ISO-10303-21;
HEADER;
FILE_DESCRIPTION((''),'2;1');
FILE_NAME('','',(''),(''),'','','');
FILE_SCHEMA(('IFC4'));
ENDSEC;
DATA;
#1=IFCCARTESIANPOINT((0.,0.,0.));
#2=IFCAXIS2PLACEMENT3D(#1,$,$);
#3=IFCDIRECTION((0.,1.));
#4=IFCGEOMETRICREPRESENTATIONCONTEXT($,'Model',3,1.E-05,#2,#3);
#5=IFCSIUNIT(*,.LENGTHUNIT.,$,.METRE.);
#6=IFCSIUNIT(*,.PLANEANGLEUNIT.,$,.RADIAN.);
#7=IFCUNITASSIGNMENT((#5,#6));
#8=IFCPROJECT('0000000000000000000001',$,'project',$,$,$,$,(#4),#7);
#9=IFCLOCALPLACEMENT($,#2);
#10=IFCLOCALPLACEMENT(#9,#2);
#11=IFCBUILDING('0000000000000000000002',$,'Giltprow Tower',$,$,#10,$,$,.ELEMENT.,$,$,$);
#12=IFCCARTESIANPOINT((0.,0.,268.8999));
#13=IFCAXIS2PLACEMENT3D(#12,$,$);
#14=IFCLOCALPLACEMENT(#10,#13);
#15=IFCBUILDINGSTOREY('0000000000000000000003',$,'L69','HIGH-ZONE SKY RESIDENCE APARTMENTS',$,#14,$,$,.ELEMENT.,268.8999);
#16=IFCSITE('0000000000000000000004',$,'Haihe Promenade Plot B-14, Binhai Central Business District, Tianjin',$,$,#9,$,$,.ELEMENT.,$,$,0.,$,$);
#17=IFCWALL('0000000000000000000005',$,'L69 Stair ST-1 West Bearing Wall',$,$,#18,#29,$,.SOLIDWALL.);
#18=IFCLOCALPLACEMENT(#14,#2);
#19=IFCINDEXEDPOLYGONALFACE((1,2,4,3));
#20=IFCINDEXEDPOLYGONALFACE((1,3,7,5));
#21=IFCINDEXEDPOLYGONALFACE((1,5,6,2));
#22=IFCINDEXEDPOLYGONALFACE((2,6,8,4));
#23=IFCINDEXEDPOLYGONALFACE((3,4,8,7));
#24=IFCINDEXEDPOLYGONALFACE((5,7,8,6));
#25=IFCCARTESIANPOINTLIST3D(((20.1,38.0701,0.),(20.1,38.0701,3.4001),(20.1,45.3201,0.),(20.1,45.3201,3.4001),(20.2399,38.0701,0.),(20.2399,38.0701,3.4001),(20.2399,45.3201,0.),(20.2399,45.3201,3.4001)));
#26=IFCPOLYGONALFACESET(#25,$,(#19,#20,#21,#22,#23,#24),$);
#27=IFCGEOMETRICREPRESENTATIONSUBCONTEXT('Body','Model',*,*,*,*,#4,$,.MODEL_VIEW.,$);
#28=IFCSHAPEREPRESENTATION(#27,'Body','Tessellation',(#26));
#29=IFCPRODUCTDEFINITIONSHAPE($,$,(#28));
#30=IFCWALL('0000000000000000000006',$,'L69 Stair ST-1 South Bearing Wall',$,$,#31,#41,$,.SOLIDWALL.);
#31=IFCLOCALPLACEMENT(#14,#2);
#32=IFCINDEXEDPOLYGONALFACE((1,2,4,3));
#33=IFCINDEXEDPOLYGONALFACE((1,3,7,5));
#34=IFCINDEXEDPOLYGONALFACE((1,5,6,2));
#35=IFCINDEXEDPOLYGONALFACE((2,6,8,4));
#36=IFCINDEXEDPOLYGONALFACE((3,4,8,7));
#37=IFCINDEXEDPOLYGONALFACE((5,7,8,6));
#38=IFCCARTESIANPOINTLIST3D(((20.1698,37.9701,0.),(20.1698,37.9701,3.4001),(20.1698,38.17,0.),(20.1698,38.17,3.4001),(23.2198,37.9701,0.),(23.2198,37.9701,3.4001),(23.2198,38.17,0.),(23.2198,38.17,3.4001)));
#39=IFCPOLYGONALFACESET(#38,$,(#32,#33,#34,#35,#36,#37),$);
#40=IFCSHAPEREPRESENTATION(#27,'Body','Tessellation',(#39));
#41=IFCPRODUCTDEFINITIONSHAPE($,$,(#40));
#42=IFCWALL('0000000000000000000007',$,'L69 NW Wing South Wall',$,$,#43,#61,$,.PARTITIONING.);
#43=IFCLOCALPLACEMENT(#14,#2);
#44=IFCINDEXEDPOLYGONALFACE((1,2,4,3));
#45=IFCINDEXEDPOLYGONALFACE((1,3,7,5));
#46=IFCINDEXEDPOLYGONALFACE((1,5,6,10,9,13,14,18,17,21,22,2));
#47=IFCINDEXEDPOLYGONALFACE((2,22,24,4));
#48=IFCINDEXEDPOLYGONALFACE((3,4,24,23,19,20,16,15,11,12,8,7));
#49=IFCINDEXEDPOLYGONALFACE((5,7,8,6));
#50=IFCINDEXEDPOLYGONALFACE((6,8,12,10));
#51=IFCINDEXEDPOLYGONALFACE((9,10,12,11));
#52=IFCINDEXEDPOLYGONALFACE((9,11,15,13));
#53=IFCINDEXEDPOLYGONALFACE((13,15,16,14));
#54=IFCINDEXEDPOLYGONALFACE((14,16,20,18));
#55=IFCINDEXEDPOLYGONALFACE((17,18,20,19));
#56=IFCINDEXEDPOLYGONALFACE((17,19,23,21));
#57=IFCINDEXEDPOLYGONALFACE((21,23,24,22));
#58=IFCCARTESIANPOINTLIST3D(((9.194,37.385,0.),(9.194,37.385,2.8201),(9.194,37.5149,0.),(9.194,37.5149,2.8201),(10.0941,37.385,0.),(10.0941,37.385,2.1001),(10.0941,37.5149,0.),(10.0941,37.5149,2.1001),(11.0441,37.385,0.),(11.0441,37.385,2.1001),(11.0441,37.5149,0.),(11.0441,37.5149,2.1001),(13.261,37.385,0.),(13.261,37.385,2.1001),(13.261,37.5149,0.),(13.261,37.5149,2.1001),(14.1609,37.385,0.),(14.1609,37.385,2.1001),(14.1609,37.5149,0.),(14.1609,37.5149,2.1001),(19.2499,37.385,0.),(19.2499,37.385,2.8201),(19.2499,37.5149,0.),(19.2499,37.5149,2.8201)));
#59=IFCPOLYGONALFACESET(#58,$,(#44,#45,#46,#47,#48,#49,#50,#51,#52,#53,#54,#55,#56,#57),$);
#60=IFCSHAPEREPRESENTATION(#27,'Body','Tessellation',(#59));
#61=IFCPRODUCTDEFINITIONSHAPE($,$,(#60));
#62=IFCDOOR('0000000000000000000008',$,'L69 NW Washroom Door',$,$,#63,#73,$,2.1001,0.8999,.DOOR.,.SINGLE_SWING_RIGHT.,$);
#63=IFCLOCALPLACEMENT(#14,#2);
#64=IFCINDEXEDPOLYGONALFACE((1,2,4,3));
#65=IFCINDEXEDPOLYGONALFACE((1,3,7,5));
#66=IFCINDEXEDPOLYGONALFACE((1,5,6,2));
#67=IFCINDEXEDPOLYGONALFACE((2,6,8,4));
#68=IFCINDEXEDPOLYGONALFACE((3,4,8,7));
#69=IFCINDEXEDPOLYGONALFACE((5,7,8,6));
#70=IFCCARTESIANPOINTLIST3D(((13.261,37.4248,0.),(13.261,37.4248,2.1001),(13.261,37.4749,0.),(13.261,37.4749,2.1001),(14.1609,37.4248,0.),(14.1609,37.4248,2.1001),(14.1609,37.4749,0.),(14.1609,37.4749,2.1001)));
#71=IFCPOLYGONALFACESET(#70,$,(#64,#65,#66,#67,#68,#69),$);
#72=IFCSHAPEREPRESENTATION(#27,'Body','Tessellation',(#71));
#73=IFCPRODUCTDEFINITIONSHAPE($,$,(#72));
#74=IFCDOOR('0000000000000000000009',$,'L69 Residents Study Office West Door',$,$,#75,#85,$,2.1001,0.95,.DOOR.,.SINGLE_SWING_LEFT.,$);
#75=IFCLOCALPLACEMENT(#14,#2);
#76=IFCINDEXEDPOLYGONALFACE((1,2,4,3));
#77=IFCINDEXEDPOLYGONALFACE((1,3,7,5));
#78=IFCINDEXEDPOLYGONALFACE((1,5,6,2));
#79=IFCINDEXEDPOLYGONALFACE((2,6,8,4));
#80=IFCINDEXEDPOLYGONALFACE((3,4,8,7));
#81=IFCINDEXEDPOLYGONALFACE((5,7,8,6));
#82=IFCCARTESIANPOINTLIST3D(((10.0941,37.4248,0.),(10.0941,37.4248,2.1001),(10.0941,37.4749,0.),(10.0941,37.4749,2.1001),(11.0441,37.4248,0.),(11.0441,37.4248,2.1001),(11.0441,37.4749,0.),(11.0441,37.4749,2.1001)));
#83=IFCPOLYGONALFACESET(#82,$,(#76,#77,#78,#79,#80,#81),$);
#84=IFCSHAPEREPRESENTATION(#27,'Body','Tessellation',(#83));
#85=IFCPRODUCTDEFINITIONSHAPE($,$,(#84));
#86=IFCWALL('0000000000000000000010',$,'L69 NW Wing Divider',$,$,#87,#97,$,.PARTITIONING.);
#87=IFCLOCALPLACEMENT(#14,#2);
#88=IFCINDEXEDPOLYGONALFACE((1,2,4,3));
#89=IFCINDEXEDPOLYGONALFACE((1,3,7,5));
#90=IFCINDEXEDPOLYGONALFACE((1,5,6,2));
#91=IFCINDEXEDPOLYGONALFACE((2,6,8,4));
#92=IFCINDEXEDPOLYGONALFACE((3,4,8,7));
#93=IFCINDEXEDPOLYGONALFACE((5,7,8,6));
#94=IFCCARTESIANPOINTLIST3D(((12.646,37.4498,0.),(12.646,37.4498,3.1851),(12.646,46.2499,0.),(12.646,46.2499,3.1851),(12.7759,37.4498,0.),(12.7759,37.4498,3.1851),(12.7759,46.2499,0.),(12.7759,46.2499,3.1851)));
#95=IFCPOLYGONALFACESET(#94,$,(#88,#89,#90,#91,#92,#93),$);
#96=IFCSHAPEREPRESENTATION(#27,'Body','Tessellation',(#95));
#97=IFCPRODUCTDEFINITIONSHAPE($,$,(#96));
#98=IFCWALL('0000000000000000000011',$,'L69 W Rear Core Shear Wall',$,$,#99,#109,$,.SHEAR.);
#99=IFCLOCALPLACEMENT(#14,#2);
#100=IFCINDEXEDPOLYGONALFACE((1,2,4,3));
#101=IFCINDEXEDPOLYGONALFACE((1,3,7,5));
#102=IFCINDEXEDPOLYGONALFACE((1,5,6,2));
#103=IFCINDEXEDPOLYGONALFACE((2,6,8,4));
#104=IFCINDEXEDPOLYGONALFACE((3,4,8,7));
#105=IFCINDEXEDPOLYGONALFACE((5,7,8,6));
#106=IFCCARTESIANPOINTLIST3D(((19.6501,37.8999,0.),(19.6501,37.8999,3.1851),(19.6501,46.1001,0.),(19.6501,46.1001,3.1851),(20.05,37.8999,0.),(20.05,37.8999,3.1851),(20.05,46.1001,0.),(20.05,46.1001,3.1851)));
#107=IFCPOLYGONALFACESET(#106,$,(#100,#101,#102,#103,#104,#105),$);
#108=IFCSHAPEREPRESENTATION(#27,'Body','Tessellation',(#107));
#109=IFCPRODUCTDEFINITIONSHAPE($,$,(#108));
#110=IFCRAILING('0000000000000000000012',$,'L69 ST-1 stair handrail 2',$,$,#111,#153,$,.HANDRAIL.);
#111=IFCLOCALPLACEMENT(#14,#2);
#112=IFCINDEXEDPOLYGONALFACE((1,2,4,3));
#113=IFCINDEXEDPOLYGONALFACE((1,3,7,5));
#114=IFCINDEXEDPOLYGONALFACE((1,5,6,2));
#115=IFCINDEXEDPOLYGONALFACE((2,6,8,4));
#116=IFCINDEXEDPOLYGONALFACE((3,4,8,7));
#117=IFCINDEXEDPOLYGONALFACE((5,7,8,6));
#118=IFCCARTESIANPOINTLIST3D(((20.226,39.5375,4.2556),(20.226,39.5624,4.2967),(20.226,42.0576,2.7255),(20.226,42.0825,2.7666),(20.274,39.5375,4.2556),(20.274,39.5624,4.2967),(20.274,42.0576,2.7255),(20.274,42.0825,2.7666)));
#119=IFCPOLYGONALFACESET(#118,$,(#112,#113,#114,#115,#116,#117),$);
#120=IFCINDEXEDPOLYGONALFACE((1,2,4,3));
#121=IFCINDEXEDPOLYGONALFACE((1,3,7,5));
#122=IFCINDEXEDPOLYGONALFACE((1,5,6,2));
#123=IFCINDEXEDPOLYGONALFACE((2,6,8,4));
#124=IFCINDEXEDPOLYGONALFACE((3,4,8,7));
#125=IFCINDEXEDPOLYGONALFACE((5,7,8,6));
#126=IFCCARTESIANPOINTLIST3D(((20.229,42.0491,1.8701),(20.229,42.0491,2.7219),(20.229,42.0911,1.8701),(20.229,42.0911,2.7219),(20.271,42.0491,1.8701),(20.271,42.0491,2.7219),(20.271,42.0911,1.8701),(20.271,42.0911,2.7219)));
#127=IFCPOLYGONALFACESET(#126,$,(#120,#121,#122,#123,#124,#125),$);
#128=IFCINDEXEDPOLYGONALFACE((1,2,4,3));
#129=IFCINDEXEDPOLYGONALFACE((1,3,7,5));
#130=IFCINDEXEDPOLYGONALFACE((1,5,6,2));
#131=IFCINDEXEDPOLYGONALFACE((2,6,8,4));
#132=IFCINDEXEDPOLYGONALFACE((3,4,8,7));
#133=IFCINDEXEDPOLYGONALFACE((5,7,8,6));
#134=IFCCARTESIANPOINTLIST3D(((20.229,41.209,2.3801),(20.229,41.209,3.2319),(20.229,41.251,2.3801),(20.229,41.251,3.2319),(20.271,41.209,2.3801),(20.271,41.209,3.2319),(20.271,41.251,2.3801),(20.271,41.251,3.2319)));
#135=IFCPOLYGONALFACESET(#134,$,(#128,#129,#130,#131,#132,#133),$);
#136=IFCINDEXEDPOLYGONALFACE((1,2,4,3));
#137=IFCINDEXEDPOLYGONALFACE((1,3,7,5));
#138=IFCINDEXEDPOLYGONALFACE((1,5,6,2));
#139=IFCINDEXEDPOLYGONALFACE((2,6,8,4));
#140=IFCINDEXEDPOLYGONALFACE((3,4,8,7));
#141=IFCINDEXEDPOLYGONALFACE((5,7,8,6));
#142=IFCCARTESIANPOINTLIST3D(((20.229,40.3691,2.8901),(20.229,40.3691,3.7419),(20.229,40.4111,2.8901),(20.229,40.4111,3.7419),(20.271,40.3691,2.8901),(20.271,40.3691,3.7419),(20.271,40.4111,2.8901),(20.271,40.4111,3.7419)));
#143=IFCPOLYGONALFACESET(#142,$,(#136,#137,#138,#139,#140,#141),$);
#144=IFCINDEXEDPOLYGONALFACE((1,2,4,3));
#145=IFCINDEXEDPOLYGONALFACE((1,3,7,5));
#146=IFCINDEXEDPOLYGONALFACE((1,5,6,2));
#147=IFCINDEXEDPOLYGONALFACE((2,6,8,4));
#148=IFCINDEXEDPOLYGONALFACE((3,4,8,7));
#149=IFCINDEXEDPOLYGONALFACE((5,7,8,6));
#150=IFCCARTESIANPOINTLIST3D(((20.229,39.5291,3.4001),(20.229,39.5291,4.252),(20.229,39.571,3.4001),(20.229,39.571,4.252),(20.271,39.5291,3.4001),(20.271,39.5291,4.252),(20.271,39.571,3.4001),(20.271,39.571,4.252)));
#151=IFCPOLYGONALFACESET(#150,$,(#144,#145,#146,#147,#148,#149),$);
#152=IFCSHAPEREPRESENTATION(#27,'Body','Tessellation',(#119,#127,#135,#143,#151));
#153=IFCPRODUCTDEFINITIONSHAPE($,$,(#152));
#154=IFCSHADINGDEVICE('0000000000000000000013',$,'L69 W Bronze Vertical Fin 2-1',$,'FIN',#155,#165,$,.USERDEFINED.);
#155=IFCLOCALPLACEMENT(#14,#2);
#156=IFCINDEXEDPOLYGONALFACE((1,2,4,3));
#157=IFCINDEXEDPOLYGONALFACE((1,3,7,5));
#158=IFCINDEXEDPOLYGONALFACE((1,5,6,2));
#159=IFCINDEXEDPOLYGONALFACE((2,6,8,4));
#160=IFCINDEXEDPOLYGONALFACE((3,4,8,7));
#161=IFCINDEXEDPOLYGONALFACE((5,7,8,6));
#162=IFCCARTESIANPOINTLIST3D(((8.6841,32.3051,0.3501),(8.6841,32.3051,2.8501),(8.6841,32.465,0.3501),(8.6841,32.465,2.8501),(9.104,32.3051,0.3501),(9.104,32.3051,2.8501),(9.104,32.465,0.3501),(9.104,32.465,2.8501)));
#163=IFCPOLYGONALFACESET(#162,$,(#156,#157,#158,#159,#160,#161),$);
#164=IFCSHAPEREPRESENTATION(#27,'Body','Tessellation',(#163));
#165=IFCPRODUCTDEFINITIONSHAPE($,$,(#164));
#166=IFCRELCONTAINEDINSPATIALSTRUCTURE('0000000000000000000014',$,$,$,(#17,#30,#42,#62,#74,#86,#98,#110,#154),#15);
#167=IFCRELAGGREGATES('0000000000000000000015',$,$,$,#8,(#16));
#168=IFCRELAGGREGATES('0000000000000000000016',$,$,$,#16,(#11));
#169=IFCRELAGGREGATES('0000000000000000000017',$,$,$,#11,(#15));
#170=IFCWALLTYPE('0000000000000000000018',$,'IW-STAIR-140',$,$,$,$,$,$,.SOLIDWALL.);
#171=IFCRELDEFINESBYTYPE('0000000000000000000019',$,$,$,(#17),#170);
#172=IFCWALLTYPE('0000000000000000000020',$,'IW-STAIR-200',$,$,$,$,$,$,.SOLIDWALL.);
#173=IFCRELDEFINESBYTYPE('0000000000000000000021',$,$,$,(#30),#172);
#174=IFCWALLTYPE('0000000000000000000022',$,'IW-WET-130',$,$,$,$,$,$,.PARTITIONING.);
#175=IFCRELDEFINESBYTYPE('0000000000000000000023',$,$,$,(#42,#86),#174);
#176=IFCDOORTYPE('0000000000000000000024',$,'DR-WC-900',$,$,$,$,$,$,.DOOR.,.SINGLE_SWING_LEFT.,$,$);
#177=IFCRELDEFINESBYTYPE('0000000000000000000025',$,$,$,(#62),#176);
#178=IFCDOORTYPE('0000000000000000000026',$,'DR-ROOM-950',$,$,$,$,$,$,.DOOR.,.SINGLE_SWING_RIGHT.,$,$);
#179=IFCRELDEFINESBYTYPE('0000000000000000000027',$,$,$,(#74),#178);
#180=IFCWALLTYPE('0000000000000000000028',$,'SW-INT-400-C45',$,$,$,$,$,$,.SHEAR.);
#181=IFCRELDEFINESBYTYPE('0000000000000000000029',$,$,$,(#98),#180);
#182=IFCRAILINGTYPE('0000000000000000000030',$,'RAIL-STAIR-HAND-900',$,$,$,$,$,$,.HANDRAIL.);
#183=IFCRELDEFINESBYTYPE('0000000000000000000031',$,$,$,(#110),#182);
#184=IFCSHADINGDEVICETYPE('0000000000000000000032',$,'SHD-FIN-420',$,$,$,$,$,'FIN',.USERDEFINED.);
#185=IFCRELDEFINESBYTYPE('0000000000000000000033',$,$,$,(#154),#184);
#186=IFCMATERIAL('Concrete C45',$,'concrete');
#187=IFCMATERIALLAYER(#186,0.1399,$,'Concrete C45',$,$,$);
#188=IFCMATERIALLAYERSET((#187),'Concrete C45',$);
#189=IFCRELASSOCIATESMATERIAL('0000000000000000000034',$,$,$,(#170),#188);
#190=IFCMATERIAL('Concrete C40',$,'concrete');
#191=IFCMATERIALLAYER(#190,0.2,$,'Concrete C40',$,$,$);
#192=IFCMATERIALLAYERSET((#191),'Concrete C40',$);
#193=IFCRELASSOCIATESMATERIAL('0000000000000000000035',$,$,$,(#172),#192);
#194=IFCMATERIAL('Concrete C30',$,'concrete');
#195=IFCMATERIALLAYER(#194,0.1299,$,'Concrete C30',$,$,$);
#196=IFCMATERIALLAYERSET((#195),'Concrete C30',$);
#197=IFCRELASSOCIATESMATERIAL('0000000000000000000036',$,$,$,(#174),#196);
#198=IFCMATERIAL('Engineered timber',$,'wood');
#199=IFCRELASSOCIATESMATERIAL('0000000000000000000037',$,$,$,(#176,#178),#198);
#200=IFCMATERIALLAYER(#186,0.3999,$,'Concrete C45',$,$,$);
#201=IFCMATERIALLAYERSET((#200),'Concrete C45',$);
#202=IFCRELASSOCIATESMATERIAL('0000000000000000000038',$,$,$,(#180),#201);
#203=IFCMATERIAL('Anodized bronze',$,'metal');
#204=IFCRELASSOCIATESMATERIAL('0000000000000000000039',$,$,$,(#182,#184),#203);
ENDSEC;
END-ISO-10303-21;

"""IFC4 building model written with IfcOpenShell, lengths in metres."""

from ifc_helpers import new_model, si_unit, direction, frame, frame_2d, origin, origin_2d, place, context, subcontext, project, spatial, rectangle, extrude, source, transform, mapped, material, layer, layer_set, type_object, element, fill, save


model = new_model("IFC4")

# Units and contexts
model_context = context("Model", 3, precision=1e-05, world=origin(), true_north=direction((0.0, 1.0)))
body_context = subcontext(model_context, "Body", "Model", "MODEL_VIEW")
ifc_project = project(units=[si_unit("LENGTHUNIT", "METRE"), si_unit("PLANEANGLEUNIT", "RADIAN")], contexts=[model_context])

# Site, building, storey
site_placement = place(None, origin())
site = spatial("IfcSite", under=ifc_project, at=site_placement, Name="Haihe Promenade Plot B-14, Binhai Central Business District, Tianjin", CompositionType="ELEMENT", RefElevation=0.0)
building_placement = place(site_placement, origin())
building = spatial("IfcBuilding", under=site, at=building_placement, Name="Giltprow Tower", CompositionType="ELEMENT")
storey_placement = place(building_placement, frame((0.0, 0.0, 268.8999)))
storey = spatial("IfcBuildingStorey", under=building, at=storey_placement, Name="L69", Description="HIGH-ZONE SKY RESIDENCE APARTMENTS", CompositionType="ELEMENT", Elevation=268.8999)

# Shared definitions
ifc_material_1 = material(Name="Concrete C45", Category="concrete")

# Shared definitions
ifc_material_2 = material(Name="Engineered timber", Category="wood")

# Walls
ifc_layer_1 = layer(ifc_material_1, 0.1399, Name="Concrete C45")
ifc_layer_set_1 = layer_set([ifc_layer_1], Name="Concrete C45")
wall_type_1 = type_object("IfcWallType", Name="IW-STAIR-140", PredefinedType="SOLIDWALL", material=ifc_layer_set_1)
wall_1_placement = place(storey_placement, frame((20.1699, 38.0701, 0.0), z_axis=(0.0, 0.0, 1.0), x_axis=(0.0, 1.0, 0.0)))
element("IfcWall", 1, at=wall_1_placement, inside=storey, type_object=wall_type_1, Name="L69 Stair ST-1 West Bearing Wall", PredefinedType="SOLIDWALL", context=body_context, shape_type="SweptSolid", body=[
    extrude(rectangle(XDim=7.25, YDim=0.1399, at=frame_2d((3.625, 0.0))), origin(), (0.0, 0.0, 1.0), 3.4001),
])
ifc_material_3 = material(Name="Concrete C40", Category="concrete")
ifc_layer_2 = layer(ifc_material_3, 0.2, Name="Concrete C40")
ifc_layer_set_2 = layer_set([ifc_layer_2], Name="Concrete C40")
wall_type_2 = type_object("IfcWallType", Name="IW-STAIR-200", PredefinedType="SOLIDWALL", material=ifc_layer_set_2)
wall_2_placement = place(storey_placement, frame((20.1699, 38.0701, 0.0), z_axis=(0.0, 0.0, 1.0), x_axis=(1.0, 0.0, 0.0)))
element("IfcWall", 2, at=wall_2_placement, inside=storey, type_object=wall_type_2, Name="L69 Stair ST-1 South Bearing Wall", PredefinedType="SOLIDWALL", context=body_context, shape_type="SweptSolid", body=[
    extrude(rectangle(XDim=3.05, YDim=0.2, at=frame_2d((1.5249, 0.0))), origin(), (0.0, 0.0, 1.0), 3.4001),
])

# Wall, openings, doors
ifc_material_4 = material(Name="Concrete C30", Category="concrete")
ifc_layer_3 = layer(ifc_material_4, 0.1299, Name="Concrete C30")
ifc_layer_set_3 = layer_set([ifc_layer_3], Name="Concrete C30")
wall_type_3 = type_object("IfcWallType", Name="IW-WET-130", PredefinedType="PARTITIONING", material=ifc_layer_set_3)
wall_3_placement = place(storey_placement, frame((9.1941, 37.45, 0.0), z_axis=(0.0, 0.0, 1.0), x_axis=(1.0, 0.0, 0.0)))
wall_3 = element("IfcWall", 3, at=wall_3_placement, inside=storey, type_object=wall_type_3, Name="L69 NW Wing South Wall", PredefinedType="PARTITIONING", context=body_context, shape_type="SweptSolid", body=[
    extrude(rectangle(XDim=10.0559, YDim=0.1299, at=frame_2d((5.0278, 0.0))), origin(), (0.0, 0.0, 1.0), 2.8201),
])
opening_1_placement = place(wall_3_placement, frame((0.8999, 0.0, 0.0)))
opening_1 = element("IfcOpeningElement", 4, at=opening_1_placement, cuts=wall_3, PredefinedType="OPENING", context=body_context, shape_type="SweptSolid", body=[
    extrude(rectangle(XDim=0.95, YDim=2.1001, at=frame_2d((0.4751, 1.05))), frame((0.0, 0.075, 0.0), z_axis=(0.0, -1.0, 0.0), x_axis=(1.0, 0.0, 0.0)), (0.0, 0.0, 1.0), 0.1499),
])
opening_2_placement = place(wall_3_placement, frame((4.0669, 0.0, 0.0)))
opening_2 = element("IfcOpeningElement", 5, at=opening_2_placement, cuts=wall_3, PredefinedType="OPENING", context=body_context, shape_type="SweptSolid", body=[
    extrude(rectangle(XDim=0.8999, YDim=2.1001, at=frame_2d((0.45, 1.05))), frame((0.0, 0.075, 0.0), z_axis=(0.0, -1.0, 0.0), x_axis=(1.0, 0.0, 0.0)), (0.0, 0.0, 1.0), 0.1499),
])
door_type_1 = type_object("IfcDoorType", Name="DR-WC-900", OperationType="SINGLE_SWING_LEFT", PredefinedType="DOOR", material=ifc_material_2)
shared_shape_1 = source(origin(), body_context, "Body", "SweptSolid", [
    extrude(rectangle(XDim=0.8999, YDim=2.1001, at=frame_2d((0.45, 1.05))), frame((0.0, 0.0249, 0.0), z_axis=(0.0, -1.0, 0.0), x_axis=(1.0, 0.0, 0.0)), (0.0, 0.0, 1.0), 0.05),
])
door_1_placement = place(opening_2_placement, origin())
door_1 = element("IfcDoor", 6, at=door_1_placement, inside=storey, type_object=door_type_1, Name="L69 NW Washroom Door", OperationType="SINGLE_SWING_RIGHT", OverallHeight=2.1001, OverallWidth=0.8999, PredefinedType="DOOR", context=body_context, shape_type="MappedRepresentation", body=[
    mapped(shared_shape_1, transform((0.0, 0.0, 0.0), x_axis=(1.0, 0.0, 0.0), y_axis=(0.0, 1.0, 0.0), z_axis=(0.0, 0.0, 1.0), scale=1.0)),
])
fill(opening_2, door_1)
door_type_2 = type_object("IfcDoorType", Name="DR-ROOM-950", OperationType="SINGLE_SWING_RIGHT", PredefinedType="DOOR", material=ifc_material_2)
shared_shape_2 = source(origin(), body_context, "Body", "SweptSolid", [
    extrude(rectangle(XDim=0.95, YDim=2.1001, at=frame_2d((0.4751, 1.05))), frame((0.0, 0.0249, 0.0), z_axis=(0.0, -1.0, 0.0), x_axis=(1.0, 0.0, 0.0)), (0.0, 0.0, 1.0), 0.05),
])
door_2_placement = place(opening_1_placement, origin())
door_2 = element("IfcDoor", 7, at=door_2_placement, inside=storey, type_object=door_type_2, Name="L69 Residents Study Office West Door", OperationType="SINGLE_SWING_LEFT", OverallHeight=2.1001, OverallWidth=0.95, PredefinedType="DOOR", context=body_context, shape_type="MappedRepresentation", body=[
    mapped(shared_shape_2, transform((0.0, 0.0, 0.0), x_axis=(1.0, 0.0, 0.0), y_axis=(0.0, 1.0, 0.0), z_axis=(0.0, 0.0, 1.0), scale=1.0)),
])
fill(opening_1, door_2)

# Wall
wall_4_placement = place(storey_placement, frame((12.7109, 37.45, 0.0), z_axis=(0.0, 0.0, 1.0), x_axis=(0.0, 1.0, 0.0)))
element("IfcWall", 8, at=wall_4_placement, inside=storey, type_object=wall_type_3, Name="L69 NW Wing Divider", PredefinedType="PARTITIONING", context=body_context, shape_type="SweptSolid", body=[
    extrude(rectangle(XDim=8.8, YDim=0.1299, at=frame_2d((4.3999, 0.0))), origin(), (0.0, 0.0, 1.0), 3.1851),
])

# Shared definitions
ifc_layer_4 = layer(ifc_material_1, 0.3999, Name="Concrete C45")
ifc_layer_set_4 = layer_set([ifc_layer_4], Name="Concrete C45")
wall_type_4 = type_object("IfcWallType", Name="SW-INT-400-C45", PredefinedType="SHEAR", material=ifc_layer_set_4)

# Wall
wall_5_placement = place(storey_placement, frame((19.8501, 37.8999, 0.0), z_axis=(0.0, 0.0, 1.0), x_axis=(0.0, 1.0, 0.0)))
element("IfcWall", 9, at=wall_5_placement, inside=storey, type_object=wall_type_4, Name="L69 W Rear Core Shear Wall", PredefinedType="SHEAR", context=body_context, shape_type="SweptSolid", body=[
    extrude(rectangle(XDim=8.2002, YDim=0.3999, at=frame_2d((4.1001, 0.0))), origin(), (0.0, 0.0, 1.0), 3.1851),
])

# Railing
ifc_material_5 = material(Name="Anodized bronze", Category="metal")
railing_type = type_object("IfcRailingType", Name="RAIL-STAIR-HAND-900", PredefinedType="HANDRAIL", material=ifc_material_5)
railing_placement = place(storey_placement, frame((20.25, 42.0701, 1.8701)))
element("IfcRailing", 10, at=railing_placement, inside=storey, type_object=railing_type, Name="L69 ST-1 stair handrail 2", PredefinedType="HANDRAIL", context=body_context, shape_type="SweptSolid", body=[
    extrude(rectangle(XDim=0.0481, YDim=0.0481, at=origin_2d()), frame((0.0, 0.0, 0.876), z_axis=(0.0, -0.854785, 0.518982), x_axis=(1.0, 0.0, 0.0)), (0.0, 0.0, 1.0), 2.9482),
    extrude(rectangle(XDim=0.042, YDim=0.042, at=origin_2d()), origin(), (0.0, 0.0, 1.0), 0.8518),
    extrude(rectangle(XDim=0.042, YDim=0.042, at=origin_2d()), frame((0.0, -0.8401, 0.51)), (0.0, 0.0, 1.0), 0.8518),
    extrude(rectangle(XDim=0.042, YDim=0.042, at=origin_2d()), frame((0.0, -1.6799, 1.02)), (0.0, 0.0, 1.0), 0.8518),
    extrude(rectangle(XDim=0.042, YDim=0.042, at=origin_2d()), frame((0.0, -2.52, 1.53)), (0.0, 0.0, 1.0), 0.8518),
])

# Shading device
shading_device_type = type_object("IfcShadingDeviceType", Name="SHD-FIN-420", ElementType="FIN", PredefinedType="USERDEFINED", material=ifc_material_5)
shared_shape_3 = source(origin(), body_context, "Body", "SweptSolid", [
    extrude(rectangle(XDim=0.4199, YDim=0.1599, at=origin_2d()), origin(), (0.0, 0.0, 1.0), 2.5),
])
shading_device_placement = place(storey_placement, frame((8.894, 32.385, 0.3501), z_axis=(0.0, 0.0, 1.0), x_axis=(1.0, 0.0, 0.0)))
element("IfcShadingDevice", 11, at=shading_device_placement, inside=storey, type_object=shading_device_type, Name="L69 W Bronze Vertical Fin 2-1", ObjectType="FIN", PredefinedType="USERDEFINED", context=body_context, shape_type="MappedRepresentation", body=[
    mapped(shared_shape_3, transform((0.0, 0.0, 0.0), x_axis=(1.0, 0.0, 0.0), y_axis=(0.0, 1.0, 0.0), z_axis=(0.0, 0.0, 1.0), scale=1.0)),
])

save(model, "model.ifc")
